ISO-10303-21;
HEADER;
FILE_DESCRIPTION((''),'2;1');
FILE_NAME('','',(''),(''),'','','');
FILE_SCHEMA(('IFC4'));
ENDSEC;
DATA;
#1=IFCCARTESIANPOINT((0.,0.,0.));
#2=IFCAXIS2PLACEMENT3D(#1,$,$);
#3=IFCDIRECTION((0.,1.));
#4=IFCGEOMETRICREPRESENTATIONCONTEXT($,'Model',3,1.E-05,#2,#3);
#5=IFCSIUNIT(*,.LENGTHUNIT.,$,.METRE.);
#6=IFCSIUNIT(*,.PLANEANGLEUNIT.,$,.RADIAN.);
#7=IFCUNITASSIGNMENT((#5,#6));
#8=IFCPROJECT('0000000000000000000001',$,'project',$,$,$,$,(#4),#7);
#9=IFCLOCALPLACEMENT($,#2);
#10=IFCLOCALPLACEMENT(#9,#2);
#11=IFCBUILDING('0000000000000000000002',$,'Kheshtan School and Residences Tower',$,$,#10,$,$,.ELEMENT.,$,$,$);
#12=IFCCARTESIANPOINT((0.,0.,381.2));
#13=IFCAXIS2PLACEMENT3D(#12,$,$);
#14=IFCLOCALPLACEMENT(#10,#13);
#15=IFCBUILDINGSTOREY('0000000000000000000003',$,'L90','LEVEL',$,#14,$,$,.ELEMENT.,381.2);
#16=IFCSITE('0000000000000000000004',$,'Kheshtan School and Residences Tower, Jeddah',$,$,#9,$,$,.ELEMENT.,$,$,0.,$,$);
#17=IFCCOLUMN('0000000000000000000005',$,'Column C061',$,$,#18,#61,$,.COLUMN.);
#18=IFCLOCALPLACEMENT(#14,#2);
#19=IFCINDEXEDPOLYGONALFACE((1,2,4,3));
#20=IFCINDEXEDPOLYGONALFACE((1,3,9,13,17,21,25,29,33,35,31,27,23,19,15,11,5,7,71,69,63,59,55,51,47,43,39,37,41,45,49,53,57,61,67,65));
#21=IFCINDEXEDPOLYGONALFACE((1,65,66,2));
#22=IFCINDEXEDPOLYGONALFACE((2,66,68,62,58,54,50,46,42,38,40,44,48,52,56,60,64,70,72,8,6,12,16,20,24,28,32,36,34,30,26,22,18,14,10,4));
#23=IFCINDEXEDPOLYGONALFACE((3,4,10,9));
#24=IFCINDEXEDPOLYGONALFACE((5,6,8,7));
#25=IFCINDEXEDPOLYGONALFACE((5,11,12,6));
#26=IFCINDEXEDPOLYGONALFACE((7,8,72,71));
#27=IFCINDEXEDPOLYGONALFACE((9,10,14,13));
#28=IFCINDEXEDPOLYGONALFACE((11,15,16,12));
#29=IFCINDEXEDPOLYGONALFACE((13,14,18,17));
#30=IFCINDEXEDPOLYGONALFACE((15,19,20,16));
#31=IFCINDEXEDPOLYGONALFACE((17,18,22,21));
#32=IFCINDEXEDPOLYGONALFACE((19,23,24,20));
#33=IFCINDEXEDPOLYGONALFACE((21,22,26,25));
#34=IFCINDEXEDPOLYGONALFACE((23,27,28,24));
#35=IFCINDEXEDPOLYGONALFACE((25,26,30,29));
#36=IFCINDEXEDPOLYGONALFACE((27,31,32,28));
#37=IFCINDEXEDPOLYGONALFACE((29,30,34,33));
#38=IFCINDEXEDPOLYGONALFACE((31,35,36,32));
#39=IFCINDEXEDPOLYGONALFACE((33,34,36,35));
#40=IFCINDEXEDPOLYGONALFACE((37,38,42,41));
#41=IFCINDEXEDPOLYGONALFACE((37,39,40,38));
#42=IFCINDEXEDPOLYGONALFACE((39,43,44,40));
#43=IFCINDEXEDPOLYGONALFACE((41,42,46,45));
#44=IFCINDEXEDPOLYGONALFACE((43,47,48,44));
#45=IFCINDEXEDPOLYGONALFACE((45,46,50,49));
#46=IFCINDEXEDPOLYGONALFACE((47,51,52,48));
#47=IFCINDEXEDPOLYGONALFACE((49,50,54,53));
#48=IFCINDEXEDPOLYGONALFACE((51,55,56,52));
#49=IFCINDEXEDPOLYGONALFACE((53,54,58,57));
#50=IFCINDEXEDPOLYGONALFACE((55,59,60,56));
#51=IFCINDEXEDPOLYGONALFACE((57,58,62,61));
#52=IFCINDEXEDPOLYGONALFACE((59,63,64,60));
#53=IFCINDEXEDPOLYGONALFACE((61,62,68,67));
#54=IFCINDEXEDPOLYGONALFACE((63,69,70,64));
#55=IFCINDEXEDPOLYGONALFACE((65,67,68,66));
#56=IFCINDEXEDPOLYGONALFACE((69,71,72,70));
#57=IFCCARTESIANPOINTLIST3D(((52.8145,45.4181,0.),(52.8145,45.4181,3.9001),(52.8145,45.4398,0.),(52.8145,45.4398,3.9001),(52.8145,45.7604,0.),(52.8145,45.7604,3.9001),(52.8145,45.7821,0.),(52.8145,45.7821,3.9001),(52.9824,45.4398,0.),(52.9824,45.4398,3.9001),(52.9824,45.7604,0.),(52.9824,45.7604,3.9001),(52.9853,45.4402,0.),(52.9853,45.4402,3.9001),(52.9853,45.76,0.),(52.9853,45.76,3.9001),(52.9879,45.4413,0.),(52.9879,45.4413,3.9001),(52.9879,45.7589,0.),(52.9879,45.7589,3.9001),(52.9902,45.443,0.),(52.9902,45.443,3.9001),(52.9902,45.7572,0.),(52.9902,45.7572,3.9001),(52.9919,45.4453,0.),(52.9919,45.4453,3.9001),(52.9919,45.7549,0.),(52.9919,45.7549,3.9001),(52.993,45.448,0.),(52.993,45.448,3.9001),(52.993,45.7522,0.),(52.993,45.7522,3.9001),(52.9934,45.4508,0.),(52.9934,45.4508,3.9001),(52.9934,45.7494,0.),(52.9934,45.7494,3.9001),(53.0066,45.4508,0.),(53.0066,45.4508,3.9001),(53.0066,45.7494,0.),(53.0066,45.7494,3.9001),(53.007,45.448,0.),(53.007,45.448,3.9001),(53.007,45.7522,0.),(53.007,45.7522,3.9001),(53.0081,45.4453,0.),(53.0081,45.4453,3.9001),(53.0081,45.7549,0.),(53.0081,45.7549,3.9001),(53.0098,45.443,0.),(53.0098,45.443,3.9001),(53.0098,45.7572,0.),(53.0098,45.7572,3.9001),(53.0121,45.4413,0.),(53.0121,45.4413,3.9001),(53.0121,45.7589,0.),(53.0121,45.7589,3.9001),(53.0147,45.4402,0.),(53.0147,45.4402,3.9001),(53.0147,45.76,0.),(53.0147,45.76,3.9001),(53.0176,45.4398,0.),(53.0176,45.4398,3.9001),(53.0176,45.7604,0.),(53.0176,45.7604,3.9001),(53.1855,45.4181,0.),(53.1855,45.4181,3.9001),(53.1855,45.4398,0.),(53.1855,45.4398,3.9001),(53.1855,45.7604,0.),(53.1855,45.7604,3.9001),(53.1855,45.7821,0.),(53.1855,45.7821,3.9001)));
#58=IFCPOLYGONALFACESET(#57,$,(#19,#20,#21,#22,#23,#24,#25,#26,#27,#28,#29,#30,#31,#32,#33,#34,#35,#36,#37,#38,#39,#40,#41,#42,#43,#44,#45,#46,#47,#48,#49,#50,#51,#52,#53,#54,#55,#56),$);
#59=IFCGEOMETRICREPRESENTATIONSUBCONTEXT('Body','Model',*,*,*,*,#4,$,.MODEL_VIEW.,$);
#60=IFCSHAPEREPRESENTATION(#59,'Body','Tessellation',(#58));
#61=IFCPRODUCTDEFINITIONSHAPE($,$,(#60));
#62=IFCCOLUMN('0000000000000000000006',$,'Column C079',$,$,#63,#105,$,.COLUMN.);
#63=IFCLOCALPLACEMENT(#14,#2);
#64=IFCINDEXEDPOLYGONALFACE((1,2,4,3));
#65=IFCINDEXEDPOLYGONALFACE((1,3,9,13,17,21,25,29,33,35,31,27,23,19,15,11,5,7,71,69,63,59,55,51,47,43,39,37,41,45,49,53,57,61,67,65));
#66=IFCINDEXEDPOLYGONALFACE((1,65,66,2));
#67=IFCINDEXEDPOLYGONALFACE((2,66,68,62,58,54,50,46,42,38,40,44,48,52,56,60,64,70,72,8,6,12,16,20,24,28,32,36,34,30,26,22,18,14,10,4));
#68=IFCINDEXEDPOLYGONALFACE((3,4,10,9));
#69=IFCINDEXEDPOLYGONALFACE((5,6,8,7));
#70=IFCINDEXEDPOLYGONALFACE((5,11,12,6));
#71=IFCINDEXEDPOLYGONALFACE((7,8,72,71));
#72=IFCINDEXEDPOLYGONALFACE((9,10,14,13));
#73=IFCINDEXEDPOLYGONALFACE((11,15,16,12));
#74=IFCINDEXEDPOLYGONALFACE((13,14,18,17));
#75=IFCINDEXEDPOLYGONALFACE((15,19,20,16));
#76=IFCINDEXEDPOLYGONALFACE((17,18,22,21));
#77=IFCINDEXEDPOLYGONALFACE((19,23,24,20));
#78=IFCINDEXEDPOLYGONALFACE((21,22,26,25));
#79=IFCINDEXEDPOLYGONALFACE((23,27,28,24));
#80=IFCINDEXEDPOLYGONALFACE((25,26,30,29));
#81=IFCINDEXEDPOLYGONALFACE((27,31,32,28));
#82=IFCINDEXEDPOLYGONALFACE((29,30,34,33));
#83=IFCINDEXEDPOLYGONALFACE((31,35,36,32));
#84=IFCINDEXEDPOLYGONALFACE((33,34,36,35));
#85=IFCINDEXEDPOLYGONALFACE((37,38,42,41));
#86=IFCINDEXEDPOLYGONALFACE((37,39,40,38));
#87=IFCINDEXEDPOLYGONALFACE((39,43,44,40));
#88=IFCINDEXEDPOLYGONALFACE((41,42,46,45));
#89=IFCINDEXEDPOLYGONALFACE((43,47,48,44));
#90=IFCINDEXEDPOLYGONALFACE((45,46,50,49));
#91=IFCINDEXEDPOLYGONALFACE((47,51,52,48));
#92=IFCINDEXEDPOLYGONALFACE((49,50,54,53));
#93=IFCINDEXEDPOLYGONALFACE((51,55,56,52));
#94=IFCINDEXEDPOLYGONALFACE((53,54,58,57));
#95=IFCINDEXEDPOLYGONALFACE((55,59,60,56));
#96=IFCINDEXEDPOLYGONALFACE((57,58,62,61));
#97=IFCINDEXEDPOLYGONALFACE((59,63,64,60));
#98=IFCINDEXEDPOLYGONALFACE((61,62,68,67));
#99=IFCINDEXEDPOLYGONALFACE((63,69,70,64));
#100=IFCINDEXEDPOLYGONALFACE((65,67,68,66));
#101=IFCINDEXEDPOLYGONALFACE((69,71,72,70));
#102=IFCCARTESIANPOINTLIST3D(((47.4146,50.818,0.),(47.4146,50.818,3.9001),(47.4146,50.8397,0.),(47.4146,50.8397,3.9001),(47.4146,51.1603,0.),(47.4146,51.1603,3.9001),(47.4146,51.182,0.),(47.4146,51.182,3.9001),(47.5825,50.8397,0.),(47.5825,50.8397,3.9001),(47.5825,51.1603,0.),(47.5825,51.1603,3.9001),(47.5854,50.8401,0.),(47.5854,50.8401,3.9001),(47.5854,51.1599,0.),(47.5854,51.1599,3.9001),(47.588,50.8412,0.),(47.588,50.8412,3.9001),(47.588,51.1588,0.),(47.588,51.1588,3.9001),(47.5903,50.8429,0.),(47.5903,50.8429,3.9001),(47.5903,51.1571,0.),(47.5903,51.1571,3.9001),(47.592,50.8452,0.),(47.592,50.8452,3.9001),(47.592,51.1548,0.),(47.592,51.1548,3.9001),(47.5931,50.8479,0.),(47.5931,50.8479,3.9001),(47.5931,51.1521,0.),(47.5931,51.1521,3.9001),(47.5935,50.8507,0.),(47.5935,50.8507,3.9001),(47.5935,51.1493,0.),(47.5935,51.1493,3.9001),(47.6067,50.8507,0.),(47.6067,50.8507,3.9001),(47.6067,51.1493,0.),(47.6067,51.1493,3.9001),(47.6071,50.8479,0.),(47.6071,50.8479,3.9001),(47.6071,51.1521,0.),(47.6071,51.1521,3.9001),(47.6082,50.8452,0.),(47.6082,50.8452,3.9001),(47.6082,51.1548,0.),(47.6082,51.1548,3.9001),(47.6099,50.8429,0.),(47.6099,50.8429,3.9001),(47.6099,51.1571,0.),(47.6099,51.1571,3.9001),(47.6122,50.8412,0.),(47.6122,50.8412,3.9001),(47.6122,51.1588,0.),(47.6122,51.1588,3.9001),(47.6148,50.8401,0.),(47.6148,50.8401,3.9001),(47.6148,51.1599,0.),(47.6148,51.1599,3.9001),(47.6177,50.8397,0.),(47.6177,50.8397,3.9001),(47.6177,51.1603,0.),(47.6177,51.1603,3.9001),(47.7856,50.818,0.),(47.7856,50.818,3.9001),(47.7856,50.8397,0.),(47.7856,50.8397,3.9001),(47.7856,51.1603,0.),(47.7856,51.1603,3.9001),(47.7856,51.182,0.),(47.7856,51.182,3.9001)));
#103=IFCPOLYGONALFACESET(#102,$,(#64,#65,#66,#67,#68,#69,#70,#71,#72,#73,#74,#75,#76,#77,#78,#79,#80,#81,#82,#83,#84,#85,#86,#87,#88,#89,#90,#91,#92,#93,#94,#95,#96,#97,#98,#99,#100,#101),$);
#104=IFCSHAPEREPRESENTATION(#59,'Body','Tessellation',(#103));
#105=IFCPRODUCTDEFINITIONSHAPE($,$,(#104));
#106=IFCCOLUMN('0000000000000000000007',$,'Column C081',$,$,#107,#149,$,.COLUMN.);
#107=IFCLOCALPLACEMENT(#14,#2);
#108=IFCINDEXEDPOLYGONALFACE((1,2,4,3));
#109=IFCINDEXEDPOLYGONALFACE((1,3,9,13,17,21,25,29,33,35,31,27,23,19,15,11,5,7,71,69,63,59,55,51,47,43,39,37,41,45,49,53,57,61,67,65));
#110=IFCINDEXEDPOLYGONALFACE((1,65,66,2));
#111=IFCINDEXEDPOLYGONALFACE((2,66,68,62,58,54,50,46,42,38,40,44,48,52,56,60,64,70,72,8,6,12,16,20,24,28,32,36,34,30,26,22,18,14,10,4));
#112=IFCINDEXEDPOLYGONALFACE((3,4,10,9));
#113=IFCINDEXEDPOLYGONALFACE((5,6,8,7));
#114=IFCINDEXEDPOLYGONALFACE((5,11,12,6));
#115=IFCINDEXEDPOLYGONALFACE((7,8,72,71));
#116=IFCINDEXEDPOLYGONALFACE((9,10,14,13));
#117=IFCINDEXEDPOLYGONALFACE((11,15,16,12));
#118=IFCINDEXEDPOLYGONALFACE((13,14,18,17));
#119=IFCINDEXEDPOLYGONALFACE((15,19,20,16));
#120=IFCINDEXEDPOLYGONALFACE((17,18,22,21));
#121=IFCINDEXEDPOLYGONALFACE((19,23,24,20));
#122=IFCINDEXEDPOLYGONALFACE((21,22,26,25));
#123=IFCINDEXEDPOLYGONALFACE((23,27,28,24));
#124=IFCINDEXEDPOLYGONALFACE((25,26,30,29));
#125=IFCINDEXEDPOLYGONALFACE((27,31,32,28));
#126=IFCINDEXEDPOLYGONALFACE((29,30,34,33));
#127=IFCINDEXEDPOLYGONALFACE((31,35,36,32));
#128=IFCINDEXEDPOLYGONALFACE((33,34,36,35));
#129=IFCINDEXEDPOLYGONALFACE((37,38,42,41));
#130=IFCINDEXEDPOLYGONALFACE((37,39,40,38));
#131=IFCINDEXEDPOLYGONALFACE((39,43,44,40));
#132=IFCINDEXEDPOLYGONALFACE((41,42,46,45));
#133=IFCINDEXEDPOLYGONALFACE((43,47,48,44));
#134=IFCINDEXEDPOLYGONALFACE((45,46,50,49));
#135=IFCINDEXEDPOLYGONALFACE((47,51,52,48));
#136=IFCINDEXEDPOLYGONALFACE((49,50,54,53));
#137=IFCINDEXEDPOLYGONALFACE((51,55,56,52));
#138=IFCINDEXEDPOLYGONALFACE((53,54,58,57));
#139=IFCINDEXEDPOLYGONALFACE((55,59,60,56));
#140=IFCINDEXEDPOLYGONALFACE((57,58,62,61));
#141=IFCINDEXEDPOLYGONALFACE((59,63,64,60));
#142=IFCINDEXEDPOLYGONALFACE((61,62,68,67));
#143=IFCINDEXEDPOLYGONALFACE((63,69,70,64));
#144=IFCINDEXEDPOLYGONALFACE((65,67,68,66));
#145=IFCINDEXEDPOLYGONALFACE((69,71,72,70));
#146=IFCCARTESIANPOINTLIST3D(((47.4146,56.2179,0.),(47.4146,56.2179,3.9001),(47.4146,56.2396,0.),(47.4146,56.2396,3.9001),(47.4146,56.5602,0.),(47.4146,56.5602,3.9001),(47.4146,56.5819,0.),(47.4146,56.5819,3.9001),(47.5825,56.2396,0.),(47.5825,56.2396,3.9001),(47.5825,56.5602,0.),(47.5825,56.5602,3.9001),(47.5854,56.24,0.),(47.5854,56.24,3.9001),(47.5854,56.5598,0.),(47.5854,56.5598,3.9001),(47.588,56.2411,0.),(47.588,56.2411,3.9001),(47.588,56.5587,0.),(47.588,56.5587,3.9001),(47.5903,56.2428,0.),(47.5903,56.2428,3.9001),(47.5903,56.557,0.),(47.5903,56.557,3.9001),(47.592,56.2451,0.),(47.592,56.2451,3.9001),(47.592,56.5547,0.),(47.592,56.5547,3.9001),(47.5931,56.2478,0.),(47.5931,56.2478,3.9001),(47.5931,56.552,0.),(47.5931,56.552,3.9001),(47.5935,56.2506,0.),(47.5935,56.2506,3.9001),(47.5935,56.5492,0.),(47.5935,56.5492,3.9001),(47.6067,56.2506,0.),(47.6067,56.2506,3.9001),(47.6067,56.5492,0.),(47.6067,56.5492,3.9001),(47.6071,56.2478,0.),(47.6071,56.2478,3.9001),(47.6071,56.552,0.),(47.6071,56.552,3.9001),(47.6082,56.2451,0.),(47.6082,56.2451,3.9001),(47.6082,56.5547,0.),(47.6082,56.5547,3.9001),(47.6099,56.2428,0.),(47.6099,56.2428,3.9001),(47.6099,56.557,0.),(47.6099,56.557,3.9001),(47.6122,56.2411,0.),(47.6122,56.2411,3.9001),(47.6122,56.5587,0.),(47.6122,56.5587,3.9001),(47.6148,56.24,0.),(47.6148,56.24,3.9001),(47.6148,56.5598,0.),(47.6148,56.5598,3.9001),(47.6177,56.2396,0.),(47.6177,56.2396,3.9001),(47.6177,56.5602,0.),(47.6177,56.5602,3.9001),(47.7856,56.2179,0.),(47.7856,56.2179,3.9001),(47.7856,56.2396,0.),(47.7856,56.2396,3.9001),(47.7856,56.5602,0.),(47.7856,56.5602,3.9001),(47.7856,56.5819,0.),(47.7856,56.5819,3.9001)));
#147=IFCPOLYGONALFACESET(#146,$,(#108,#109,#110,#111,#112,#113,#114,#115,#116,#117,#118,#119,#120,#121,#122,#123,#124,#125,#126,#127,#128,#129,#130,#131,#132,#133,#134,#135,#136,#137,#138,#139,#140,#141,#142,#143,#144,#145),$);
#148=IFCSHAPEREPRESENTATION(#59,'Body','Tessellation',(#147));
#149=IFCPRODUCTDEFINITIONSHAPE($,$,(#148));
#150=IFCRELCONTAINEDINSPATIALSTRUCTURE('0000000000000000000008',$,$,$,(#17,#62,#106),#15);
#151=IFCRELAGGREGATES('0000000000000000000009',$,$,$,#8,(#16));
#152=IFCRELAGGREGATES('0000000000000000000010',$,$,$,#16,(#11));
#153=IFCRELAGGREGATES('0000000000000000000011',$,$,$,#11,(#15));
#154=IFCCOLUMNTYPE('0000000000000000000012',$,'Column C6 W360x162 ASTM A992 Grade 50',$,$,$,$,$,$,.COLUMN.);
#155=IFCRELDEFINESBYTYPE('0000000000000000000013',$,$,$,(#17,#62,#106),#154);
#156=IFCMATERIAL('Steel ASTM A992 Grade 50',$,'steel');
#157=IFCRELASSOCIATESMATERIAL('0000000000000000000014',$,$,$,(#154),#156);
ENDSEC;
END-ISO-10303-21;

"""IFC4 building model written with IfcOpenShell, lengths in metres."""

from ifc_helpers import new_model, si_unit, direction, frame, origin, origin_2d, place, context, subcontext, project, spatial, i_section, extrude, material, material_profile, profile_set, type_object, element, save


model = new_model("IFC4")

# Units and contexts
model_context = context("Model", 3, precision=1e-05, world=origin(), true_north=direction((0.0, 1.0)))
body_context = subcontext(model_context, "Body", "Model", "MODEL_VIEW")
ifc_project = project(units=[si_unit("LENGTHUNIT", "METRE"), si_unit("PLANEANGLEUNIT", "RADIAN")], contexts=[model_context])

# Site, building, storey
site_placement = place(None, origin())
site = spatial("IfcSite", under=ifc_project, at=site_placement, Name="Kheshtan School and Residences Tower, Jeddah", CompositionType="ELEMENT", RefElevation=0.0)
building_placement = place(site_placement, origin())
building = spatial("IfcBuilding", under=site, at=building_placement, Name="Kheshtan School and Residences Tower", CompositionType="ELEMENT")
storey_placement = place(building_placement, frame((0.0, 0.0, 381.2)))
storey = spatial("IfcBuildingStorey", under=building, at=storey_placement, Name="L90", Description="LEVEL", CompositionType="ELEMENT", Elevation=381.2)

# Columns
ifc_material_1 = material(Name="Steel ASTM A992 Grade 50", Category="steel")
ifc_material_profile_1 = material_profile(ifc_material_1, i_section(OverallWidth=0.3711, OverallDepth=0.364, WebThickness=0.0132, FlangeThickness=0.0217, FilletRadius=0.011, at=origin_2d()), Name="W360x162")
ifc_profile_set_1 = profile_set([ifc_material_profile_1], Name="Steel ASTM A992 Grade 50")
column_type_1 = type_object("IfcColumnType", Name="Column C6 W360x162 ASTM A992 Grade 50", PredefinedType="COLUMN", material=ifc_profile_set_1)
for number, where, z_axis, x_axis, name in (
    (1, (53.0, 45.6001, 0.0), (0.0, 0.0, 1.0), (1.0, 0.0, 0.0), "Column C061"),
    (2, (47.6001, 51.0, 0.0), (0.0, 0.0, 1.0), (1.0, 0.0, 0.0), "Column C079"),
    (3, (47.6001, 56.3999, 0.0), (0.0, 0.0, 1.0), (1.0, 0.0, 0.0), "Column C081"),
):
    element("IfcColumn", number, at=place(storey_placement, frame(where, z_axis=z_axis, x_axis=x_axis)), inside=storey, type_object=column_type_1, Name=name, PredefinedType="COLUMN", context=body_context, shape_type="SweptSolid", body=[
        extrude(i_section(OverallWidth=0.3711, OverallDepth=0.364, WebThickness=0.0132, FlangeThickness=0.0217, FilletRadius=0.011, at=origin_2d()), origin(), (0.0, 0.0, 1.0), 3.9001),
    ])

save(model, "model.ifc")
